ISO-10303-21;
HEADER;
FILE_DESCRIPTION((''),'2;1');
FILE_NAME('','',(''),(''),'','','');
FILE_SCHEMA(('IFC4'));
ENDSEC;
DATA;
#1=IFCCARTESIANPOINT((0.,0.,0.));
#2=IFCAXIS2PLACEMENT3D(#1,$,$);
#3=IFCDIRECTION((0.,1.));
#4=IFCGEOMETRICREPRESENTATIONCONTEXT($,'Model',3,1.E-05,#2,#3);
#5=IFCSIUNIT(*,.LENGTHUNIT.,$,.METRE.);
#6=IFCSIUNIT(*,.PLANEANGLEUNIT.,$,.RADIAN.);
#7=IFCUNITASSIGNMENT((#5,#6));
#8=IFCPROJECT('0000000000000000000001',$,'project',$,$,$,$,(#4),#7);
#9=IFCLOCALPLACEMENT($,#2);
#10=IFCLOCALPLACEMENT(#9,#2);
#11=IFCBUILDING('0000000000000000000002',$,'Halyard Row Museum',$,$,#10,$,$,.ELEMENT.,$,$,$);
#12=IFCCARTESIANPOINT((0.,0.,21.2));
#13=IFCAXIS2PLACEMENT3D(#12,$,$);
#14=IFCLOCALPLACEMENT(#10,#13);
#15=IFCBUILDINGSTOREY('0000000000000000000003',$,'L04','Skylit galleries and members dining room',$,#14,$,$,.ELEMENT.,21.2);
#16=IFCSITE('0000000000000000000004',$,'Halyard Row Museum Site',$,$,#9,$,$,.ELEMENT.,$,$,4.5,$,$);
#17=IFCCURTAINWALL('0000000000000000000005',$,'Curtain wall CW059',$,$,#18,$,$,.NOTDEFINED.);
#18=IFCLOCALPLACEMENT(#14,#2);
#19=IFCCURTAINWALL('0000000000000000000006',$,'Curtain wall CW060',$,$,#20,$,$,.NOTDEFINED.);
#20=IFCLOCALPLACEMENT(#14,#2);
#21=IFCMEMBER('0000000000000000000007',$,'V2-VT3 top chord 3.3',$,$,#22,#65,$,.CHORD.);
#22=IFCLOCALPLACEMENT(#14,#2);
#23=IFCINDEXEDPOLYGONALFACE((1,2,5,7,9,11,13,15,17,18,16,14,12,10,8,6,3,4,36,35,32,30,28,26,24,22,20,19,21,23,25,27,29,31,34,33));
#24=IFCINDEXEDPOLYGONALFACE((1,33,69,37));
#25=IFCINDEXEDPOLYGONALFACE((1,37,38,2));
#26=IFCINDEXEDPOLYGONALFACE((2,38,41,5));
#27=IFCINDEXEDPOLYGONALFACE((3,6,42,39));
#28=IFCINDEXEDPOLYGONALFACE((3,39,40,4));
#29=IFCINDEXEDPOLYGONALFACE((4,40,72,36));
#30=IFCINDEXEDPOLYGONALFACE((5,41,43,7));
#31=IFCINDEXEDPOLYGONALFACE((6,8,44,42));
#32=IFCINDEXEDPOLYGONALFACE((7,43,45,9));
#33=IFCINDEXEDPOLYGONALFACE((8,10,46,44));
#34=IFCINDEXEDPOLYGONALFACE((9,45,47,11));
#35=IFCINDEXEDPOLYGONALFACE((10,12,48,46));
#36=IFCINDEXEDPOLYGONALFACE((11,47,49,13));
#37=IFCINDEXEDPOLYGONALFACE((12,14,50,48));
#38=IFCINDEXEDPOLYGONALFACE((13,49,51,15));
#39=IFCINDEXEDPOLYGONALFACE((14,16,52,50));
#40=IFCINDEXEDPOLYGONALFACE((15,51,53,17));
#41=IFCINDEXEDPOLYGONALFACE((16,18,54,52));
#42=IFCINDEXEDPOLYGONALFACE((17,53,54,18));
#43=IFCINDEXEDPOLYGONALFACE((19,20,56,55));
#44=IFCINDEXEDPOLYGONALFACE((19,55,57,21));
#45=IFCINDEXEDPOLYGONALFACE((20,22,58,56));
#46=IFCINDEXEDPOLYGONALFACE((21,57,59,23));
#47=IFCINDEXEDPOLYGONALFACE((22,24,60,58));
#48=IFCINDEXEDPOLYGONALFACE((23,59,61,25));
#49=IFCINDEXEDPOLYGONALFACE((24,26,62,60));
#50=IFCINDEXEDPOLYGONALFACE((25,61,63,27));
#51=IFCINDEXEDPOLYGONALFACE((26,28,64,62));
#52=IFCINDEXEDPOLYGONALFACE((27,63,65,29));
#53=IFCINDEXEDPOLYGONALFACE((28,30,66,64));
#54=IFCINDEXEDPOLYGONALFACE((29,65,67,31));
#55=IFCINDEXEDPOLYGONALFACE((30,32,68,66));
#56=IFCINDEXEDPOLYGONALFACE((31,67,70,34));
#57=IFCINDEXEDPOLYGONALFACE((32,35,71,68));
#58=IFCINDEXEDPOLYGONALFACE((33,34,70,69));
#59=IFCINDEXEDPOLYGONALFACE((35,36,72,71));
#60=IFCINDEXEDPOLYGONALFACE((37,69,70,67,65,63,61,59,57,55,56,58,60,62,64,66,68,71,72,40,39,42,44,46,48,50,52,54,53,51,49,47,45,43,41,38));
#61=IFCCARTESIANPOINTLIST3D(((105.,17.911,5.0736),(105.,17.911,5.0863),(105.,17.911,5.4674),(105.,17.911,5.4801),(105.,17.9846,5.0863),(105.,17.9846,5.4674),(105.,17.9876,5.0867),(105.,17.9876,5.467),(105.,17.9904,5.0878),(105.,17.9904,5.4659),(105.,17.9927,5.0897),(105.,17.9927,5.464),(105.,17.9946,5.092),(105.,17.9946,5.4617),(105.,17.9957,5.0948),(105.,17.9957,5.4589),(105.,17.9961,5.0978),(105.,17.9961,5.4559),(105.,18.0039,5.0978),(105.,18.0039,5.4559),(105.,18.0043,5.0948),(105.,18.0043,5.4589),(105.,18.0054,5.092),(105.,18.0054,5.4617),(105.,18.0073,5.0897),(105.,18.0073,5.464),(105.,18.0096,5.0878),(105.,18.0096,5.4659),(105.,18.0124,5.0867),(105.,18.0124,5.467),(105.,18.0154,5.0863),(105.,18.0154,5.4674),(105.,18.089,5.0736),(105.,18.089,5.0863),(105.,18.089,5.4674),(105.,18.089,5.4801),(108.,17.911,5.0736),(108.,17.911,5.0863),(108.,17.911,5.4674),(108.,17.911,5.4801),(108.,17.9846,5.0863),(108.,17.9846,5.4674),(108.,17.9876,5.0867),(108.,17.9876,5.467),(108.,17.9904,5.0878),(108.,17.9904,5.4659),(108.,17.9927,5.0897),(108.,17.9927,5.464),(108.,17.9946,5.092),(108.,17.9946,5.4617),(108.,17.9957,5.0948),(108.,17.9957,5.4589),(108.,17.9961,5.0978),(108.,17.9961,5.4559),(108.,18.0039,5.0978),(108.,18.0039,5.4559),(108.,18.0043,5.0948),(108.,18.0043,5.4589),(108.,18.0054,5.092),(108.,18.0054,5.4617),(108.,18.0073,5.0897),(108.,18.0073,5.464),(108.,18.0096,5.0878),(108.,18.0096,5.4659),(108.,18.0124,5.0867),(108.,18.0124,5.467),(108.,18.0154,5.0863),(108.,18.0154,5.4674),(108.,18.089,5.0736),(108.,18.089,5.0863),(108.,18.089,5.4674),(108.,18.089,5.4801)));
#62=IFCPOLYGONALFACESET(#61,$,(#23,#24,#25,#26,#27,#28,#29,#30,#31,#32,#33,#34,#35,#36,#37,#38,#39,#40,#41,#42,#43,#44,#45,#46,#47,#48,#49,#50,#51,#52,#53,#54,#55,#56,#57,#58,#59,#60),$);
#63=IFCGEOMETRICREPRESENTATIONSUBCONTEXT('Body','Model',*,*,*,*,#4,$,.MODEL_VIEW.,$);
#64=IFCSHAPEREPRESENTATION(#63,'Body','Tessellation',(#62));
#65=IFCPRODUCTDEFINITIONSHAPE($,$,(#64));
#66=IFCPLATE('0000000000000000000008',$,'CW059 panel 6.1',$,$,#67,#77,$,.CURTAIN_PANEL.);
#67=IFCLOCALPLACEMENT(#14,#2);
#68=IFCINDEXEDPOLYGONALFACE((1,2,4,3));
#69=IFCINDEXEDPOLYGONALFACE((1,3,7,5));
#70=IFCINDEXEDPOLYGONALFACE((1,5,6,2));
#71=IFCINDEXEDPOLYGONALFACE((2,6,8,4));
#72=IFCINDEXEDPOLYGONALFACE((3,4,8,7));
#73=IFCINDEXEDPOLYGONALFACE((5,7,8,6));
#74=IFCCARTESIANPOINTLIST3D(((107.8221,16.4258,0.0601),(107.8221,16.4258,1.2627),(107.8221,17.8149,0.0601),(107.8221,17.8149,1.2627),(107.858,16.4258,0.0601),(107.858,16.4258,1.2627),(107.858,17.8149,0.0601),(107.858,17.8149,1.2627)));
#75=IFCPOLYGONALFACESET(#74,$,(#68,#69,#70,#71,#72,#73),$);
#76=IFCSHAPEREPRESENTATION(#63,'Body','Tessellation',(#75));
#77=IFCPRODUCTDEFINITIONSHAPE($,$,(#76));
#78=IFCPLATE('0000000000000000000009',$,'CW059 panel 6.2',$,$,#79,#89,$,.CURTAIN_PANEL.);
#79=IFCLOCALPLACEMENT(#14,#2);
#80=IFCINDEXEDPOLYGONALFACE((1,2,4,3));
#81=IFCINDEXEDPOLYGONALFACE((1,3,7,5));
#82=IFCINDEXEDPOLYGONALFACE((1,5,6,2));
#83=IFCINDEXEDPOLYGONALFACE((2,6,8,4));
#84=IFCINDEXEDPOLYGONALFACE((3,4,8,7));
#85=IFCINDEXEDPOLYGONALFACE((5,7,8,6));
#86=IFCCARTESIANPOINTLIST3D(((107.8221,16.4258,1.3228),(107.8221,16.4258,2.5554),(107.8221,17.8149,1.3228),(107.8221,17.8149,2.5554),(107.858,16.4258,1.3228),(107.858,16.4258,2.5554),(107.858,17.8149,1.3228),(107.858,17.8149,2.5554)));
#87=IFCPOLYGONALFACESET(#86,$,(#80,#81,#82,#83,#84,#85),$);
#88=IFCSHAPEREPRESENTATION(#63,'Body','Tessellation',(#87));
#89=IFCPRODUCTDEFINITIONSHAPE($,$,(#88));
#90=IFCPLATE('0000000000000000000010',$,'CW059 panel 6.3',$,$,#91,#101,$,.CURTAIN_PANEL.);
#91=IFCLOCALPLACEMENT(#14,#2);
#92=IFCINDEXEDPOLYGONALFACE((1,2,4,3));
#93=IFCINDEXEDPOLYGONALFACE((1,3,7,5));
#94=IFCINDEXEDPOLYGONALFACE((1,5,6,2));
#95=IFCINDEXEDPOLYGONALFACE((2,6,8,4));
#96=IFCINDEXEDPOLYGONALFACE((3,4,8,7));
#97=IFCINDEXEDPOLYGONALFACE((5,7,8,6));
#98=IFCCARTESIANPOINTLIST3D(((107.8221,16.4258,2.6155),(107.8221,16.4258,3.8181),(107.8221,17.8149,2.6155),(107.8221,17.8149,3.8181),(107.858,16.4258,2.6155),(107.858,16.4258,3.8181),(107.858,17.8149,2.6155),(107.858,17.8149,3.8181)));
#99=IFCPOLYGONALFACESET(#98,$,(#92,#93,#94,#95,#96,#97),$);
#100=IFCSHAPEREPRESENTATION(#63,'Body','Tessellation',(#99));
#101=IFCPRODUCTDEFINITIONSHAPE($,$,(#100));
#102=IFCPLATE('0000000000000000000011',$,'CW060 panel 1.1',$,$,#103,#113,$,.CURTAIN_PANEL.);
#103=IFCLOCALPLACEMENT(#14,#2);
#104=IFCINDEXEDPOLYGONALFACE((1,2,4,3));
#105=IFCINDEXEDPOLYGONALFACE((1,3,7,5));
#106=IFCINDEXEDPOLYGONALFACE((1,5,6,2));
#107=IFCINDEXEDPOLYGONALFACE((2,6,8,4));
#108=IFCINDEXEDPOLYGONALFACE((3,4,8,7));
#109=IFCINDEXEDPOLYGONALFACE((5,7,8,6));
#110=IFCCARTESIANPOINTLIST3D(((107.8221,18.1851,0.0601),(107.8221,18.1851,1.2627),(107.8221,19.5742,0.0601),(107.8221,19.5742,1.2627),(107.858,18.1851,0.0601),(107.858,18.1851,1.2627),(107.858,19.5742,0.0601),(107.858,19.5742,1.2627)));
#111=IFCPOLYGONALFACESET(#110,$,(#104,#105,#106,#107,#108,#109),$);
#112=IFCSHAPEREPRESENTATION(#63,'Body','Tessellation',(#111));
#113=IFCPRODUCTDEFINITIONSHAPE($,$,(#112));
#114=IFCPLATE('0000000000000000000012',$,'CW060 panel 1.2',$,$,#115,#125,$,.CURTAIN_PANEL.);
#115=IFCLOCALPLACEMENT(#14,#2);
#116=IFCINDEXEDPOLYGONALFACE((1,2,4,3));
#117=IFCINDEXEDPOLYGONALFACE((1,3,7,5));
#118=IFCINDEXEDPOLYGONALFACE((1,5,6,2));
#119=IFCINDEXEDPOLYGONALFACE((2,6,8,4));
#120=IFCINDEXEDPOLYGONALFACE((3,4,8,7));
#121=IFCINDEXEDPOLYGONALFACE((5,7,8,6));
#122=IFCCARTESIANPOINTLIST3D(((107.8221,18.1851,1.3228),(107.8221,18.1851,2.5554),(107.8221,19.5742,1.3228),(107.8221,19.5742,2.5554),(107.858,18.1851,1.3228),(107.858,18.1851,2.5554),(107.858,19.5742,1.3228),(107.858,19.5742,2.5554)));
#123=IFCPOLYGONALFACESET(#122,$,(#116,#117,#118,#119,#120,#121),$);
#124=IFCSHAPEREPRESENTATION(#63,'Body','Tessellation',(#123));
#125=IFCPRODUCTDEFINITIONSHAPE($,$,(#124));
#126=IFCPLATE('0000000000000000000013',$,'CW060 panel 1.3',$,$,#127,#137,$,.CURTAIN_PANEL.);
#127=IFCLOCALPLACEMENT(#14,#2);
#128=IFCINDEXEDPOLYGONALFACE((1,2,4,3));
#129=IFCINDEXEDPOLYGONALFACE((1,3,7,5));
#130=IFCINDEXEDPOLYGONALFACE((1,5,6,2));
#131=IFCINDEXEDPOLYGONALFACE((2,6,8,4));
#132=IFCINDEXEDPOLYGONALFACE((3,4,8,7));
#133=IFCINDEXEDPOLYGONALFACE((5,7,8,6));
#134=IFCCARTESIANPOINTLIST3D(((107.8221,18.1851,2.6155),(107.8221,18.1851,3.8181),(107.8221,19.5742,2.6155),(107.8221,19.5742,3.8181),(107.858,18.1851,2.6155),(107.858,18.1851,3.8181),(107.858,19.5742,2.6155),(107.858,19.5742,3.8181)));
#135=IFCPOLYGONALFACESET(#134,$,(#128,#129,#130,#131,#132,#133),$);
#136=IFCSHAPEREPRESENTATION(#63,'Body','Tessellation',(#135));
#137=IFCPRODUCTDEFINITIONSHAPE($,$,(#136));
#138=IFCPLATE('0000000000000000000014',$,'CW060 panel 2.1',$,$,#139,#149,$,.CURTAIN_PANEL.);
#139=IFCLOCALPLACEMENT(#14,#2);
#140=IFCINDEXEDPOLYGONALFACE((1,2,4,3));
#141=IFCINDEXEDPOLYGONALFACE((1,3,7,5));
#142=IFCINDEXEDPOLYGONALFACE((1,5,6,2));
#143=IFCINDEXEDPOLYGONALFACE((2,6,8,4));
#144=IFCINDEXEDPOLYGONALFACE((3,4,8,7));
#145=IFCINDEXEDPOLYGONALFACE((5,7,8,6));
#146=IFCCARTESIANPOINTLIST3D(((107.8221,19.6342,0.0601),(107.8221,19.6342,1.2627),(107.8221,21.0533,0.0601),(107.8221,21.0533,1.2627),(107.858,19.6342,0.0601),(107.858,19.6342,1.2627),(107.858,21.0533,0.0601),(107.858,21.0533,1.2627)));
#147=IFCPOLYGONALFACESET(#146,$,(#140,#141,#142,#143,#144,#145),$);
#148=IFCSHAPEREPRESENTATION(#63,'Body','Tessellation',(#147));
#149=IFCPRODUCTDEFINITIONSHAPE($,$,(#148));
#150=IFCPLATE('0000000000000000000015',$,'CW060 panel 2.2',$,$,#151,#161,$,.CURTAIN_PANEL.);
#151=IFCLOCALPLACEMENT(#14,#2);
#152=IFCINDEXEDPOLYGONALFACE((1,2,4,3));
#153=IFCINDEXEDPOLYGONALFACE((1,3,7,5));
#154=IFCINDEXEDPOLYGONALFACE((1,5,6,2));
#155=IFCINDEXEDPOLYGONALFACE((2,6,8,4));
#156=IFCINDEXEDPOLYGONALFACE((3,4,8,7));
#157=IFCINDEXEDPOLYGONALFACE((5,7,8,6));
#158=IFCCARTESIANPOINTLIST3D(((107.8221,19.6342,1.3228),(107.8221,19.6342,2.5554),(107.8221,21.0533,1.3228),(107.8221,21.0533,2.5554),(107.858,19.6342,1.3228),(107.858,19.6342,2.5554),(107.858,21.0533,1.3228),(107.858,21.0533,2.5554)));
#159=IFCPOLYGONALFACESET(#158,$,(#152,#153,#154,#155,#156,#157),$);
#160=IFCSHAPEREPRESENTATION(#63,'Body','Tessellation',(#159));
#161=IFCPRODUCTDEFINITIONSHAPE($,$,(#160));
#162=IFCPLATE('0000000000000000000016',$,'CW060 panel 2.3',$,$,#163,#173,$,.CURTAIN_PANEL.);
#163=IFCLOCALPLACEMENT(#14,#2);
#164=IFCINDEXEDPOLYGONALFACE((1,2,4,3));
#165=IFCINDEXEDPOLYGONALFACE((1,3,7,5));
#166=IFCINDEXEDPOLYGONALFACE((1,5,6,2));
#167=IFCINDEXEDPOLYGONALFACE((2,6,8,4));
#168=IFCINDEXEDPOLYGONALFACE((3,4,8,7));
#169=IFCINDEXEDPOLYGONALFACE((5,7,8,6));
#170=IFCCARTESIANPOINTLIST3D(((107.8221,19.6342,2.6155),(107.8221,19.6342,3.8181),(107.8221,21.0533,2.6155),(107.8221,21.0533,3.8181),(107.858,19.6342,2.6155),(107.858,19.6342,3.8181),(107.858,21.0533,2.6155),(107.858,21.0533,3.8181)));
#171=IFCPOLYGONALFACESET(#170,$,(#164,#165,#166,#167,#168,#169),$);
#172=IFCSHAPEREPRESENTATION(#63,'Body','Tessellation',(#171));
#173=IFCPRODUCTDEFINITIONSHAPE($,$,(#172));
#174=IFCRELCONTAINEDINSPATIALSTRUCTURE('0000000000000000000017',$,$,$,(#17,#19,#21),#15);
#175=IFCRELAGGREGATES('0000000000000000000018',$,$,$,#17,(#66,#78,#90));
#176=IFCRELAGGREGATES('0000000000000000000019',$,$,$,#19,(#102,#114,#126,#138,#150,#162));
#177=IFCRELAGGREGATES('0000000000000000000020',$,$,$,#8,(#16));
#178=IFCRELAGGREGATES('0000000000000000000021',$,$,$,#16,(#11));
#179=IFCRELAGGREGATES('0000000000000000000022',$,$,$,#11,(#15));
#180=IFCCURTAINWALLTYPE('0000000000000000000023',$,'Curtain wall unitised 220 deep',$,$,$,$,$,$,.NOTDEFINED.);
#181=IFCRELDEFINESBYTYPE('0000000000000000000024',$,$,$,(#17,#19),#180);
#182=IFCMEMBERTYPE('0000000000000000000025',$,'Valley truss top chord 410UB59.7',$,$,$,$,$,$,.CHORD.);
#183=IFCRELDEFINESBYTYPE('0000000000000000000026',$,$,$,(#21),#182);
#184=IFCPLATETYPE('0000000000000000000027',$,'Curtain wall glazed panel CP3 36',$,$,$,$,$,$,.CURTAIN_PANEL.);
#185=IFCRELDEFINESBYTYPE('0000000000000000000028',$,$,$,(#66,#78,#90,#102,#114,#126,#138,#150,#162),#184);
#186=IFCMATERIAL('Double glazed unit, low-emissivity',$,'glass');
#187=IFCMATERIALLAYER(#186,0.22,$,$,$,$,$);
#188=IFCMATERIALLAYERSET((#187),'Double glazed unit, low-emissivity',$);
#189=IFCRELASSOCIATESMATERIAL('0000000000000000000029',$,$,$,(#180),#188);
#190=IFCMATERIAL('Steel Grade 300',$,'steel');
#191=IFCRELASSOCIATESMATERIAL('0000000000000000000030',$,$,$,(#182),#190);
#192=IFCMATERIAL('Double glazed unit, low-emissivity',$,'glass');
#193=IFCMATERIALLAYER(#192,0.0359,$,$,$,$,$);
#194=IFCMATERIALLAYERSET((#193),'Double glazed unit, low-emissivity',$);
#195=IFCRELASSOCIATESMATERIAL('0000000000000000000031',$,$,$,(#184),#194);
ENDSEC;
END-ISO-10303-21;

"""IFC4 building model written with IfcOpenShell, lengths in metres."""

from ifc_helpers import new_model, si_unit, direction, frame, origin, origin_2d, place, context, subcontext, project, spatial, rectangle, i_section, extrude, material, layer, layer_set, material_profile, profile_set, type_object, element, aggregate, save


model = new_model("IFC4")

# Units and contexts
model_context = context("Model", 3, precision=1e-05, world=origin(), true_north=direction((0.0, 1.0)))
body_context = subcontext(model_context, "Body", "Model", "MODEL_VIEW")
ifc_project = project(units=[si_unit("LENGTHUNIT", "METRE"), si_unit("PLANEANGLEUNIT", "RADIAN")], contexts=[model_context])

# Site, building, storey
site_placement = place(None, origin())
site = spatial("IfcSite", under=ifc_project, at=site_placement, Name="Halyard Row Museum Site", CompositionType="ELEMENT", RefElevation=4.5)
building_placement = place(site_placement, origin())
building = spatial("IfcBuilding", under=site, at=building_placement, Name="Halyard Row Museum", CompositionType="ELEMENT")
storey_placement = place(building_placement, frame((0.0, 0.0, 21.2)))
storey = spatial("IfcBuildingStorey", under=building, at=storey_placement, Name="L04", Description="Skylit galleries and members dining room", CompositionType="ELEMENT", Elevation=21.2)

# Curtain wall
ifc_material_1 = material(Name="Double glazed unit, low-emissivity", Category="glass")
ifc_layer_1 = layer(ifc_material_1, 0.22)
ifc_layer_set_1 = layer_set([ifc_layer_1], Name="Double glazed unit, low-emissivity")
curtain_wall_type = type_object("IfcCurtainWallType", Name="Curtain wall unitised 220 deep", PredefinedType="NOTDEFINED", material=ifc_layer_set_1)
curtain_wall_1_placement = place(storey_placement, origin())
curtain_wall_1 = element("IfcCurtainWall", 1, at=curtain_wall_1_placement, inside=storey, type_object=curtain_wall_type, Name="Curtain wall CW059", PredefinedType="NOTDEFINED")

# Curtain wall
curtain_wall_2_placement = place(storey_placement, origin())
curtain_wall_2 = element("IfcCurtainWall", 2, at=curtain_wall_2_placement, inside=storey, type_object=curtain_wall_type, Name="Curtain wall CW060", PredefinedType="NOTDEFINED")

# Member
ifc_material_2 = material(Name="Steel Grade 300", Category="steel")
ifc_material_profile_1 = material_profile(ifc_material_2, i_section(OverallWidth=0.178, OverallDepth=0.4065, WebThickness=0.0078, FlangeThickness=0.0127, FilletRadius=0.0115, at=origin_2d()), Name="410UB59.7")
ifc_profile_set_1 = profile_set([ifc_material_profile_1], Name="Steel Grade 300")
member_type_1 = type_object("IfcMemberType", Name="Valley truss top chord 410UB59.7", PredefinedType="CHORD", material=ifc_profile_set_1)
for number, where, z_axis, x_axis, name in (
    (3, (105.0, 18.0, 5.2769), (1.0, 0.0, 0.0), (0.0, 1.0, 0.0), "V2-VT3 top chord 3.3"),
):
    element("IfcMember", number, at=place(storey_placement, frame(where, z_axis=z_axis, x_axis=x_axis)), inside=storey, type_object=member_type_1, Name=name, PredefinedType="CHORD", context=body_context, shape_type="SweptSolid", body=[
        extrude(i_section(OverallWidth=0.178, OverallDepth=0.4065, WebThickness=0.0078, FlangeThickness=0.0127, FilletRadius=0.0115, at=origin_2d()), origin(), (0.0, 0.0, 1.0), 3.0),
    ])

# Plates
ifc_material_3 = material(Name="Double glazed unit, low-emissivity", Category="glass")
ifc_layer_2 = layer(ifc_material_3, 0.0359)
ifc_layer_set_2 = layer_set([ifc_layer_2], Name="Double glazed unit, low-emissivity")
plate_type = type_object("IfcPlateType", Name="Curtain wall glazed panel CP3 36", PredefinedType="CURTAIN_PANEL", material=ifc_layer_set_2)
plate_1_placement = place(storey_placement, frame((107.8401, 17.1204, 0.0601), z_axis=(0.0, 0.0, 1.0), x_axis=(0.0, 1.0, 0.0)))
plate_1 = element("IfcPlate", 4, at=plate_1_placement, type_object=plate_type, Name="CW059 panel 6.1", PredefinedType="CURTAIN_PANEL", context=body_context, shape_type="SweptSolid", body=[
    extrude(rectangle(XDim=1.3892, YDim=0.0359, at=origin_2d()), origin(), (0.0, 0.0, 1.0), 1.2026),
])
plate_2_placement = place(storey_placement, frame((107.8401, 17.1204, 1.3228), z_axis=(0.0, 0.0, 1.0), x_axis=(0.0, 1.0, 0.0)))
plate_2 = element("IfcPlate", 5, at=plate_2_placement, type_object=plate_type, Name="CW059 panel 6.2", PredefinedType="CURTAIN_PANEL", context=body_context, shape_type="SweptSolid", body=[
    extrude(rectangle(XDim=1.3892, YDim=0.0359, at=origin_2d()), origin(), (0.0, 0.0, 1.0), 1.2327),
])
plate_3_placement = place(storey_placement, frame((107.8401, 17.1204, 2.6155), z_axis=(0.0, 0.0, 1.0), x_axis=(0.0, 1.0, 0.0)))
plate_3 = element("IfcPlate", 6, at=plate_3_placement, type_object=plate_type, Name="CW059 panel 6.3", PredefinedType="CURTAIN_PANEL", context=body_context, shape_type="SweptSolid", body=[
    extrude(rectangle(XDim=1.3892, YDim=0.0359, at=origin_2d()), origin(), (0.0, 0.0, 1.0), 1.2026),
])
aggregate(curtain_wall_1, [plate_1, plate_2, plate_3])
plate_4_placement = place(storey_placement, frame((107.8401, 18.8796, 0.0601), z_axis=(0.0, 0.0, 1.0), x_axis=(0.0, 1.0, 0.0)))
plate_4 = element("IfcPlate", 7, at=plate_4_placement, type_object=plate_type, Name="CW060 panel 1.1", PredefinedType="CURTAIN_PANEL", context=body_context, shape_type="SweptSolid", body=[
    extrude(rectangle(XDim=1.3892, YDim=0.0359, at=origin_2d()), origin(), (0.0, 0.0, 1.0), 1.2026),
])
plate_5_placement = place(storey_placement, frame((107.8401, 18.8796, 1.3228), z_axis=(0.0, 0.0, 1.0), x_axis=(0.0, 1.0, 0.0)))
plate_5 = element("IfcPlate", 8, at=plate_5_placement, type_object=plate_type, Name="CW060 panel 1.2", PredefinedType="CURTAIN_PANEL", context=body_context, shape_type="SweptSolid", body=[
    extrude(rectangle(XDim=1.3892, YDim=0.0359, at=origin_2d()), origin(), (0.0, 0.0, 1.0), 1.2327),
])
plate_6_placement = place(storey_placement, frame((107.8401, 18.8796, 2.6155), z_axis=(0.0, 0.0, 1.0), x_axis=(0.0, 1.0, 0.0)))
plate_6 = element("IfcPlate", 9, at=plate_6_placement, type_object=plate_type, Name="CW060 panel 1.3", PredefinedType="CURTAIN_PANEL", context=body_context, shape_type="SweptSolid", body=[
    extrude(rectangle(XDim=1.3892, YDim=0.0359, at=origin_2d()), origin(), (0.0, 0.0, 1.0), 1.2026),
])
plate_7_placement = place(storey_placement, frame((107.8401, 20.3438, 0.0601), z_axis=(0.0, 0.0, 1.0), x_axis=(0.0, 1.0, 0.0)))
plate_7 = element("IfcPlate", 10, at=plate_7_placement, type_object=plate_type, Name="CW060 panel 2.1", PredefinedType="CURTAIN_PANEL", context=body_context, shape_type="SweptSolid", body=[
    extrude(rectangle(XDim=1.4192, YDim=0.0359, at=origin_2d()), origin(), (0.0, 0.0, 1.0), 1.2026),
])
plate_8_placement = place(storey_placement, frame((107.8401, 20.3438, 1.3228), z_axis=(0.0, 0.0, 1.0), x_axis=(0.0, 1.0, 0.0)))
plate_8 = element("IfcPlate", 11, at=plate_8_placement, type_object=plate_type, Name="CW060 panel 2.2", PredefinedType="CURTAIN_PANEL", context=body_context, shape_type="SweptSolid", body=[
    extrude(rectangle(XDim=1.4192, YDim=0.0359, at=origin_2d()), origin(), (0.0, 0.0, 1.0), 1.2327),
])
plate_9_placement = place(storey_placement, frame((107.8401, 20.3438, 2.6155), z_axis=(0.0, 0.0, 1.0), x_axis=(0.0, 1.0, 0.0)))
plate_9 = element("IfcPlate", 12, at=plate_9_placement, type_object=plate_type, Name="CW060 panel 2.3", PredefinedType="CURTAIN_PANEL", context=body_context, shape_type="SweptSolid", body=[
    extrude(rectangle(XDim=1.4192, YDim=0.0359, at=origin_2d()), origin(), (0.0, 0.0, 1.0), 1.2026),
])
aggregate(curtain_wall_2, [plate_4, plate_5, plate_6, plate_7, plate_8, plate_9])

save(model, "model.ifc")
